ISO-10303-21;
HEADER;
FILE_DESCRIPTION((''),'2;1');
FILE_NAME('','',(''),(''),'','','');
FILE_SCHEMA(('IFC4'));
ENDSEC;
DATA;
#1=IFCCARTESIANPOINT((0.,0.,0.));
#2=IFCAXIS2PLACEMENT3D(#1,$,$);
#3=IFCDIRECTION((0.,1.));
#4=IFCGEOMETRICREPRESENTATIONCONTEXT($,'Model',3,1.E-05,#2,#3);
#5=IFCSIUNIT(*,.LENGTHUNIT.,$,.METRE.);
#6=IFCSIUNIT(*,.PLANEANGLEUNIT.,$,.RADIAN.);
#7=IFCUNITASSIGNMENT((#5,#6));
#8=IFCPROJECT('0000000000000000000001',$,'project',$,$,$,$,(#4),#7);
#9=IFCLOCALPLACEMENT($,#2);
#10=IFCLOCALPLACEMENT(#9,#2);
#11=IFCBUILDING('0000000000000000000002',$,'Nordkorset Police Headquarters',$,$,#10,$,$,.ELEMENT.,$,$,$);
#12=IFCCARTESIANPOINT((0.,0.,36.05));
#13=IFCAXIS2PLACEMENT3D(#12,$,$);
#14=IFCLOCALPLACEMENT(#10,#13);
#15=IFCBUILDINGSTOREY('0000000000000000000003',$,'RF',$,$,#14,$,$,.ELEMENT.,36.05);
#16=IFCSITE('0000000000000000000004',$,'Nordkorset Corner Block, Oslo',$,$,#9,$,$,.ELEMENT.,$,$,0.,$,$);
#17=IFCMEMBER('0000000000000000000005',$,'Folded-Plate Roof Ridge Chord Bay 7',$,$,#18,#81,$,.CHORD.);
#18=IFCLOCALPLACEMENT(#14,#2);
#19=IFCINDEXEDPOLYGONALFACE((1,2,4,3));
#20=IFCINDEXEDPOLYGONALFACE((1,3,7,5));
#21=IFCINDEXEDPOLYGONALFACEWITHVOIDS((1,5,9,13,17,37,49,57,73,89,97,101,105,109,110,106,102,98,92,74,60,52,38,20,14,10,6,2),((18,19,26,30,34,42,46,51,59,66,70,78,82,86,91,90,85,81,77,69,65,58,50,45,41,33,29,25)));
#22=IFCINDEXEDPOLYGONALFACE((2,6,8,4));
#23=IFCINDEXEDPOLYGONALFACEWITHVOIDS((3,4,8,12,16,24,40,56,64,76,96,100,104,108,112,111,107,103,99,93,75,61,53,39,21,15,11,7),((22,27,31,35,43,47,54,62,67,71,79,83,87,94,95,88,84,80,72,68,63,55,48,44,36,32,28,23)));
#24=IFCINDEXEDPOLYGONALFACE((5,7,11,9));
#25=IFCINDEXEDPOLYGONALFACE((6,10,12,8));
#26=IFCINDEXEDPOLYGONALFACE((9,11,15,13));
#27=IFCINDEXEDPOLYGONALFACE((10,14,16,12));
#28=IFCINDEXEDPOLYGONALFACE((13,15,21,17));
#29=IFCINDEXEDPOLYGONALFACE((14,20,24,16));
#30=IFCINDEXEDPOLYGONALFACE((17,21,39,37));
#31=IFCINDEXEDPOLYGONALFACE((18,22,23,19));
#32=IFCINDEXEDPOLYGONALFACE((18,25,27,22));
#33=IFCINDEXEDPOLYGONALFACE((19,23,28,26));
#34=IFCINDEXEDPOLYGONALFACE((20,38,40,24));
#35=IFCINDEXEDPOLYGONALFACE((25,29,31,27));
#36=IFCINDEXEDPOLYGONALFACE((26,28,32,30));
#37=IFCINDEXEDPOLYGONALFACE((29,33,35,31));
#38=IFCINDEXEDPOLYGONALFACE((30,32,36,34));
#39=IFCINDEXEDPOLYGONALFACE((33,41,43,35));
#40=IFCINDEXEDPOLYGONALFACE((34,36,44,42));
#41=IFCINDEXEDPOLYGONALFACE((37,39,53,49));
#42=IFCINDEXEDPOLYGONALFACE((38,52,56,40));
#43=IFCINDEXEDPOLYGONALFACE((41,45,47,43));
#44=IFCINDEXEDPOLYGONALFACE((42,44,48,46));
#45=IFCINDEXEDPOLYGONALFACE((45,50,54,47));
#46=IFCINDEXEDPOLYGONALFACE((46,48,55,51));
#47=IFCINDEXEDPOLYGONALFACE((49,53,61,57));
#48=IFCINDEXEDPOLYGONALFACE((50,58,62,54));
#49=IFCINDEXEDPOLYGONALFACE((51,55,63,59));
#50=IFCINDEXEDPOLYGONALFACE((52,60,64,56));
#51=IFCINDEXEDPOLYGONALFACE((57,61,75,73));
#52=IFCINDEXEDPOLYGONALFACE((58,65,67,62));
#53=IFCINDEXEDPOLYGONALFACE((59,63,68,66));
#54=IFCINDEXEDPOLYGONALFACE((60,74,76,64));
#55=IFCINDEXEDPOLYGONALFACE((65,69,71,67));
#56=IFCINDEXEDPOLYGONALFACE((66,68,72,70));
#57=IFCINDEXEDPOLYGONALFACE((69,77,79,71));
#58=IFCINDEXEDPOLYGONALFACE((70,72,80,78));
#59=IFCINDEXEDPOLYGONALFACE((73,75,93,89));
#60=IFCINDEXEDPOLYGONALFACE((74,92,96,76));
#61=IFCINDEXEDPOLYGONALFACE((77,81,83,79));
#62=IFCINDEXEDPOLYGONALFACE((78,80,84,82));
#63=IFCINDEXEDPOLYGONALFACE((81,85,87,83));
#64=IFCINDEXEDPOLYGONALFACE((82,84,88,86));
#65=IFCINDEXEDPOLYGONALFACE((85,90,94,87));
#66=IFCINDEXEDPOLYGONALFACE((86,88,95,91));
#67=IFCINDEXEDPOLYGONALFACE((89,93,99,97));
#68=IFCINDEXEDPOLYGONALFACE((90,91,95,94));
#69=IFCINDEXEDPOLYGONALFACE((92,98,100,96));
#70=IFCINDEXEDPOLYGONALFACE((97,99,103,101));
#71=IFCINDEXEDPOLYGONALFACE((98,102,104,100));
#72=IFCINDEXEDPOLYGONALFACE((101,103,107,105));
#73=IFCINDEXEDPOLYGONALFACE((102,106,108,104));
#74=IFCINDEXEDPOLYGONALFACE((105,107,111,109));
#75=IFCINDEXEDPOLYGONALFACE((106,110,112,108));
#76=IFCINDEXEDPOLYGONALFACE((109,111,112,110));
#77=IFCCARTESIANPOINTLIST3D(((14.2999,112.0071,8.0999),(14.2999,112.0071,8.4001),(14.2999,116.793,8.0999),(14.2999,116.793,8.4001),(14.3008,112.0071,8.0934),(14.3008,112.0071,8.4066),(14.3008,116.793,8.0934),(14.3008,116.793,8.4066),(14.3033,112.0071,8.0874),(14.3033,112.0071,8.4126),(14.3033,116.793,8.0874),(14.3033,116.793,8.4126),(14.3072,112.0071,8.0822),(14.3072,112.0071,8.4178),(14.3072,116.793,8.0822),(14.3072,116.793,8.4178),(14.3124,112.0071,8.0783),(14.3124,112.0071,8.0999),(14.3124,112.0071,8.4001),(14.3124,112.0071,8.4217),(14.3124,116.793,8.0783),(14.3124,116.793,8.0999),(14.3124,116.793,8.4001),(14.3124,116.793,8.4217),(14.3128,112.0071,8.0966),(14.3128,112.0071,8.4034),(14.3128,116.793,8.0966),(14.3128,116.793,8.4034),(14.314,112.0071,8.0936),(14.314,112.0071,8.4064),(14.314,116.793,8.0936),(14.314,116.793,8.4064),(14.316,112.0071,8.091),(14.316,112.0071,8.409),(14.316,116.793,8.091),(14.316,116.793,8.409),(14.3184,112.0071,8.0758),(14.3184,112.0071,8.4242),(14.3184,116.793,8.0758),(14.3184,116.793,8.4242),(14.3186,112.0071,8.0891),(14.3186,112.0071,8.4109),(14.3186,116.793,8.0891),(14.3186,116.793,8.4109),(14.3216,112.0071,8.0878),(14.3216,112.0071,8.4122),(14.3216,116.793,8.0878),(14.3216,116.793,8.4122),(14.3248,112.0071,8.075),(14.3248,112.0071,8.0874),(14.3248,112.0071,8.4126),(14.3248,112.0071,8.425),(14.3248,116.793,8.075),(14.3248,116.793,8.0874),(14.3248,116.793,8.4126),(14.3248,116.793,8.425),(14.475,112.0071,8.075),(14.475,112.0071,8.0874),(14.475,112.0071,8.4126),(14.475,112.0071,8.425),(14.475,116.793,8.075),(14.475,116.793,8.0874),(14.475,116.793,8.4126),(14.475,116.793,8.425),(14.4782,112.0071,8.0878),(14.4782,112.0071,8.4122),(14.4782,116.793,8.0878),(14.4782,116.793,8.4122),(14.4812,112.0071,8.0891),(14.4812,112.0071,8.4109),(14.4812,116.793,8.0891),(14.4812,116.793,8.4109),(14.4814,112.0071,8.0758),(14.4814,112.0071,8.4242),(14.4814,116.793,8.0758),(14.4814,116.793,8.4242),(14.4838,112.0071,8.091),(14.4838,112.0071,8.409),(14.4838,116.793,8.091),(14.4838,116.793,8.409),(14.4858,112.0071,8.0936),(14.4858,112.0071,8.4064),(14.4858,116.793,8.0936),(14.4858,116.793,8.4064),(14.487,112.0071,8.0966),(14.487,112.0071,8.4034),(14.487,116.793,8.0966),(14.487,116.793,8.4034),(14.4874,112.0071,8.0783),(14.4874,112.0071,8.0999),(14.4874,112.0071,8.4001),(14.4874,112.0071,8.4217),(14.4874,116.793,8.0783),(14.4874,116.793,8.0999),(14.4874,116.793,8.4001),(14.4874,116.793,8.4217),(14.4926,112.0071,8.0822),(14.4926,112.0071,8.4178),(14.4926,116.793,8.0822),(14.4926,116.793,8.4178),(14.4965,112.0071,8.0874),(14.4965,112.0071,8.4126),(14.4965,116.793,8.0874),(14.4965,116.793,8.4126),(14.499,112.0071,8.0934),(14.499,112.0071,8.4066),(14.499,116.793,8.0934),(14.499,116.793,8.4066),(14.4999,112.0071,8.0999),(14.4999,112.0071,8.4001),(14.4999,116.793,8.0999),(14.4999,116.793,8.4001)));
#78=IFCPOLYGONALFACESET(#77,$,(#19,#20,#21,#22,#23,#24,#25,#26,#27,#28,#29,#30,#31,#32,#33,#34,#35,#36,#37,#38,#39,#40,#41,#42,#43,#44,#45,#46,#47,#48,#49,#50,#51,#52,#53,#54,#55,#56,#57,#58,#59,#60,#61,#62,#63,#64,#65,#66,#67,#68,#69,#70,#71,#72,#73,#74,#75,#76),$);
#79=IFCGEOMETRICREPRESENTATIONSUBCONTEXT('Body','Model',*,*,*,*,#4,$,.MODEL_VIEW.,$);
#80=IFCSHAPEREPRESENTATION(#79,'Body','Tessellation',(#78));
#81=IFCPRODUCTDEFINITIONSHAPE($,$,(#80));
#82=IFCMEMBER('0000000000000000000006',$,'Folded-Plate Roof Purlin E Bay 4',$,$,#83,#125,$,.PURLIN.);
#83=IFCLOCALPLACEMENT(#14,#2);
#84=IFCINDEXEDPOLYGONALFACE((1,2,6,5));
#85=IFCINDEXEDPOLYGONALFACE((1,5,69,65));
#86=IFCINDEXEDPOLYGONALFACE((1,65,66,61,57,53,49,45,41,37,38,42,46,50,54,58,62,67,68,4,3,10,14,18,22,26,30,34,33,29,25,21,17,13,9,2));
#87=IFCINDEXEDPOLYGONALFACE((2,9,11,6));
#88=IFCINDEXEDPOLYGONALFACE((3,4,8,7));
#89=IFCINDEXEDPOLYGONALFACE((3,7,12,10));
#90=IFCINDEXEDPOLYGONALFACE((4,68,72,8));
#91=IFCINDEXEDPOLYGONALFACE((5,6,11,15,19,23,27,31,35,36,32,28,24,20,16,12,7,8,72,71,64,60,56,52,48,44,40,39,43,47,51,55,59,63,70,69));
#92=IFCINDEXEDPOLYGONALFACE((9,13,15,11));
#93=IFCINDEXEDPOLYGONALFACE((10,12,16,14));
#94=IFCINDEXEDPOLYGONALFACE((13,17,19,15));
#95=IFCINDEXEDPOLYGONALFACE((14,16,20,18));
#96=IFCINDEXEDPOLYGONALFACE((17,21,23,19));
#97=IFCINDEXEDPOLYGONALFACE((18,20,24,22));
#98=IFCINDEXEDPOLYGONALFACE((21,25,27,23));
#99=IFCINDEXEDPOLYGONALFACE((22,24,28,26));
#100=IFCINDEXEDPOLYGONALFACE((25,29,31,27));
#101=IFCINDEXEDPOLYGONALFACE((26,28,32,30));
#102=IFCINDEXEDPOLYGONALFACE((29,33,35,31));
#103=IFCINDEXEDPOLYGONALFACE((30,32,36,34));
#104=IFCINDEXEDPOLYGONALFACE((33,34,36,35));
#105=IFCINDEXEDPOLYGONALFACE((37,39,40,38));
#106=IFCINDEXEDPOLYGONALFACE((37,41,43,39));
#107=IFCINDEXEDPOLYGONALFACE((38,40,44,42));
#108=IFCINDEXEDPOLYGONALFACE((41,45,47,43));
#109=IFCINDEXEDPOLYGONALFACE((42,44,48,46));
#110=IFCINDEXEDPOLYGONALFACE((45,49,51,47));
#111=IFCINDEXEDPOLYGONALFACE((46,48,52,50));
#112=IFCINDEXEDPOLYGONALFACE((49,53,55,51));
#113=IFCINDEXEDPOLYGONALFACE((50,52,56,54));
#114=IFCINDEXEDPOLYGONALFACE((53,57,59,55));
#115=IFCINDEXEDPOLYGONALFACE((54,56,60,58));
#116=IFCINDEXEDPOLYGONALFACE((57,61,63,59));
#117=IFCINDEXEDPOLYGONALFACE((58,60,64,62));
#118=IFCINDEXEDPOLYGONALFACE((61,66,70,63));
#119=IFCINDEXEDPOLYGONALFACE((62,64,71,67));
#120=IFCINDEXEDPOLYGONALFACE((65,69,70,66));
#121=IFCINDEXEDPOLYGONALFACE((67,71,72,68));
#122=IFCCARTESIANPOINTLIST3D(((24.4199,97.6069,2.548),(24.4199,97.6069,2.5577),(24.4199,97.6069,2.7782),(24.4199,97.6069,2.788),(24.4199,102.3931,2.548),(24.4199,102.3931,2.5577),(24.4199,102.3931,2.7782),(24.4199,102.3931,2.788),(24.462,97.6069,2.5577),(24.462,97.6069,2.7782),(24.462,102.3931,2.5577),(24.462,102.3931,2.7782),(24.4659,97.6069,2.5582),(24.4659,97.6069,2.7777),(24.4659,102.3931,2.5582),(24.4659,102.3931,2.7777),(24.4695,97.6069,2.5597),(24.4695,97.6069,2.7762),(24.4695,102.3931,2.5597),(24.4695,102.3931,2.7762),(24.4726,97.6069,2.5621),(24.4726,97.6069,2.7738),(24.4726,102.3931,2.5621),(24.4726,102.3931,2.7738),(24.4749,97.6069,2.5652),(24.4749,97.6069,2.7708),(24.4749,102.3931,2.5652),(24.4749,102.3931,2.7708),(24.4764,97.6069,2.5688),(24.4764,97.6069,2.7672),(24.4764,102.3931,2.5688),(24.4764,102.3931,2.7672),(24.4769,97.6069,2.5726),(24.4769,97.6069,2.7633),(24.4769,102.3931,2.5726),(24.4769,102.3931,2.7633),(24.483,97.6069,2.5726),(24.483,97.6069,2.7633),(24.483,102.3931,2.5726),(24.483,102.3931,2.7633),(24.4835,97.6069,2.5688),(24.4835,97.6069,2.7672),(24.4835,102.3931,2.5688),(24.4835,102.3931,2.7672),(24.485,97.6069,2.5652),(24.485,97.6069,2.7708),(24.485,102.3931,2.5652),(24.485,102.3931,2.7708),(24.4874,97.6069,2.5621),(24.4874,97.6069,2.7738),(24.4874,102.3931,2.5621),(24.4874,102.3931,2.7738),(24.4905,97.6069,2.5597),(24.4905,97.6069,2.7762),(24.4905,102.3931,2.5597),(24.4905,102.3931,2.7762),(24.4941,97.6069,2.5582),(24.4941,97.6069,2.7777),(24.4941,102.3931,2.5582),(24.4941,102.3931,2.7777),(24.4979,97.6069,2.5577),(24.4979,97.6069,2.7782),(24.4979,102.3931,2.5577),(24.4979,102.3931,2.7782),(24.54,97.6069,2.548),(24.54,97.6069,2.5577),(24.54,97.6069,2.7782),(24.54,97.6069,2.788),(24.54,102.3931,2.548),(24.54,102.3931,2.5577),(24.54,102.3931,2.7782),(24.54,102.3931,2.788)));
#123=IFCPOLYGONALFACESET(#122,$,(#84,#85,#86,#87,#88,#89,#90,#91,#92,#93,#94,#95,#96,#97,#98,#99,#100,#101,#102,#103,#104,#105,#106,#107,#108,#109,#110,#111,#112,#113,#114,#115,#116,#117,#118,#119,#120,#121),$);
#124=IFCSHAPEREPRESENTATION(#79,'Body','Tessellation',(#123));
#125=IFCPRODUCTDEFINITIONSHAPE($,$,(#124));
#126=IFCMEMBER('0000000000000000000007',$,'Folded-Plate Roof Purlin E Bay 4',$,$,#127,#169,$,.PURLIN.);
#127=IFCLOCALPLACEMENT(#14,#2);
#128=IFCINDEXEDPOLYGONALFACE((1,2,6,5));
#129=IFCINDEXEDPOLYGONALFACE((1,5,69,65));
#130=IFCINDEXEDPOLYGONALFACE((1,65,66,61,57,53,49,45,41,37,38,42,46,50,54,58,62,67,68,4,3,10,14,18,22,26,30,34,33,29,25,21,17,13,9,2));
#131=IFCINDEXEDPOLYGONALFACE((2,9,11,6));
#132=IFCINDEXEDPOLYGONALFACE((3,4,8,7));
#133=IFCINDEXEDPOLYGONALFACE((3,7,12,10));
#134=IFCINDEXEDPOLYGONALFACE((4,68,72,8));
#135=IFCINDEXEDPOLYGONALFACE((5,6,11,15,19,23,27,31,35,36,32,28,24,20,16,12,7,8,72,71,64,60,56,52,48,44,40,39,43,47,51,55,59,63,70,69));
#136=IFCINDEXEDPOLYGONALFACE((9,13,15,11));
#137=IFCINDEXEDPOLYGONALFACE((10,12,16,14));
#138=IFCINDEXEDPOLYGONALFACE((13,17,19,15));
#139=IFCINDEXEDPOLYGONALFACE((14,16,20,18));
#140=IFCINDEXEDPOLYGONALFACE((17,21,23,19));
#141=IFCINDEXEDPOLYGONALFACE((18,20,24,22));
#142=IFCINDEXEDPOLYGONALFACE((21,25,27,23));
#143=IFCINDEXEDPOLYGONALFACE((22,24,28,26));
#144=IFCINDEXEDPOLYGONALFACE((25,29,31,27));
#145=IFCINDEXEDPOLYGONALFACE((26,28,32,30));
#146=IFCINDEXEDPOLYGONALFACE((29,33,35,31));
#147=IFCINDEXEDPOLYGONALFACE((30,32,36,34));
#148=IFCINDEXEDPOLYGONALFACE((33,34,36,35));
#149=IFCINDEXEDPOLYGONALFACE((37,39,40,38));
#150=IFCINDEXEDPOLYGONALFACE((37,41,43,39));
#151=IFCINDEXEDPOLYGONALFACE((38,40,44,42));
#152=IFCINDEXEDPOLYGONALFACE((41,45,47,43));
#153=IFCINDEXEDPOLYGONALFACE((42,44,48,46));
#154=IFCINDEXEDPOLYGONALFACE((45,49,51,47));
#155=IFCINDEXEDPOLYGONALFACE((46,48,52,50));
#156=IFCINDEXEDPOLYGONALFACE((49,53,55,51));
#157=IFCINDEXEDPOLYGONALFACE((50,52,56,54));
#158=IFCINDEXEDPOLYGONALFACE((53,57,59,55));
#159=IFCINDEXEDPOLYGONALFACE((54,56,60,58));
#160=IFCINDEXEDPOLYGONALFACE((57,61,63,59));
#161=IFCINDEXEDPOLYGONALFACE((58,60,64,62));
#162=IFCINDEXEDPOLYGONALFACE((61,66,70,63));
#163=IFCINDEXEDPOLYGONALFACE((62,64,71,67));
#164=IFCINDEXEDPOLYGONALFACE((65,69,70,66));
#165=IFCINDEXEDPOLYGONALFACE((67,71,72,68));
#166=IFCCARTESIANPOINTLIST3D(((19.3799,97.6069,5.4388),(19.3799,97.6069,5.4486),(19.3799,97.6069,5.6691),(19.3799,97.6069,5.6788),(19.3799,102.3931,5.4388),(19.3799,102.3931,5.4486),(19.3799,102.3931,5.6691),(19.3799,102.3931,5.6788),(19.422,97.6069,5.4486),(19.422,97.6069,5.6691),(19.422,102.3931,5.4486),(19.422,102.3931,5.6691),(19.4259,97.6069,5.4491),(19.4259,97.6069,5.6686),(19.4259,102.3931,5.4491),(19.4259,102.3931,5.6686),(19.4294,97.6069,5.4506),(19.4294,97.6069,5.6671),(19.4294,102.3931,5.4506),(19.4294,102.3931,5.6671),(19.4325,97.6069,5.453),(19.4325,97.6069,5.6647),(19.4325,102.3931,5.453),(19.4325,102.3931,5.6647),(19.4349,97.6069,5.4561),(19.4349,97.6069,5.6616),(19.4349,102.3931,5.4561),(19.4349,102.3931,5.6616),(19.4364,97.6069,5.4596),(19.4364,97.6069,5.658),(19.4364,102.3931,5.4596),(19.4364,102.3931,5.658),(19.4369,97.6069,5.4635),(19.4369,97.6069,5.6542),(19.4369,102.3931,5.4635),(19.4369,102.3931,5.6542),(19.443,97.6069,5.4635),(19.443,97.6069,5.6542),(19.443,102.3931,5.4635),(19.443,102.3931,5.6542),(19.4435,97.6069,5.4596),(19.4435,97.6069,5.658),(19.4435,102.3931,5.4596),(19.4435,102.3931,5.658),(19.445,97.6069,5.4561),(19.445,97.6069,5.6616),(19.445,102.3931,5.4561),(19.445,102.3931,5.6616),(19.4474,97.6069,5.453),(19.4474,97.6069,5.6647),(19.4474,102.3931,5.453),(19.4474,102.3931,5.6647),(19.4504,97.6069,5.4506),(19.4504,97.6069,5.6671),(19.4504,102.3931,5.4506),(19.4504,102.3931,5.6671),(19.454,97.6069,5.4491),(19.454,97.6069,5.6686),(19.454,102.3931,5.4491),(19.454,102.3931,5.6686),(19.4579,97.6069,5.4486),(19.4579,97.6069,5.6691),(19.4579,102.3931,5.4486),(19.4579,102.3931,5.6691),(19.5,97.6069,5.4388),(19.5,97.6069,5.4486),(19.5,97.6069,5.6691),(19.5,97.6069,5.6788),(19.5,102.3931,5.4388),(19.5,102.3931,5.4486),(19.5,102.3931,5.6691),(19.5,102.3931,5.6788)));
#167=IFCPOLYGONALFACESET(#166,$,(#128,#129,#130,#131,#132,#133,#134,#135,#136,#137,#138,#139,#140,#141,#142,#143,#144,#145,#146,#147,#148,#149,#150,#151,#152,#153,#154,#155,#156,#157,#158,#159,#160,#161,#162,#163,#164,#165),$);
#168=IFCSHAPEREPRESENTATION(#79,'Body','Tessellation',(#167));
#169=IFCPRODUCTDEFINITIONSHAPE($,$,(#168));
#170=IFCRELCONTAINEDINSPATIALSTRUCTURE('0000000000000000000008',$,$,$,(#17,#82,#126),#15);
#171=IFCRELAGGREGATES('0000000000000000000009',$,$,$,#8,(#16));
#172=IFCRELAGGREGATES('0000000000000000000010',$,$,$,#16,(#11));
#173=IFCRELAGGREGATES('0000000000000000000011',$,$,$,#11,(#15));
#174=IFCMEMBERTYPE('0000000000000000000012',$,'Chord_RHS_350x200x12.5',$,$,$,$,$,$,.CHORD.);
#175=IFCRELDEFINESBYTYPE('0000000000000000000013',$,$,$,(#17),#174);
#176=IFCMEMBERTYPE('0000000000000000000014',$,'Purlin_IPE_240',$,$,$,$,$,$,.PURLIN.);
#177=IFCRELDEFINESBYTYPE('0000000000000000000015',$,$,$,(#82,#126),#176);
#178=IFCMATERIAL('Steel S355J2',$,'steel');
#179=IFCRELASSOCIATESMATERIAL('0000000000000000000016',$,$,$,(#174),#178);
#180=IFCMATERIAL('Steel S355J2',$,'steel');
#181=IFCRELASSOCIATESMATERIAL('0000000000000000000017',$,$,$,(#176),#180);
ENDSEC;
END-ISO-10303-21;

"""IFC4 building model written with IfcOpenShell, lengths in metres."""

from ifc_helpers import new_model, si_unit, direction, frame, origin, origin_2d, place, context, subcontext, project, spatial, hollow_rectangle, i_section, extrude, material, material_profile, profile_set, type_object, element, save


model = new_model("IFC4")

# Units and contexts
model_context = context("Model", 3, precision=1e-05, world=origin(), true_north=direction((0.0, 1.0)))
body_context = subcontext(model_context, "Body", "Model", "MODEL_VIEW")
ifc_project = project(units=[si_unit("LENGTHUNIT", "METRE"), si_unit("PLANEANGLEUNIT", "RADIAN")], contexts=[model_context])

# Site, building, storey
site_placement = place(None, origin())
site = spatial("IfcSite", under=ifc_project, at=site_placement, Name="Nordkorset Corner Block, Oslo", CompositionType="ELEMENT", RefElevation=0.0)
building_placement = place(site_placement, origin())
building = spatial("IfcBuilding", under=site, at=building_placement, Name="Nordkorset Police Headquarters", CompositionType="ELEMENT")
storey_placement = place(building_placement, frame((0.0, 0.0, 36.05)))
storey = spatial("IfcBuildingStorey", under=building, at=storey_placement, Name="RF", CompositionType="ELEMENT", Elevation=36.05)

# Members
ifc_material_1 = material(Name="Steel S355J2", Category="steel")
ifc_material_profile_1 = material_profile(ifc_material_1, hollow_rectangle(XDim=0.2, YDim=0.3501, WallThickness=0.0125, InnerFilletRadius=0.0125, OuterFilletRadius=0.0249, at=origin_2d()), Name="RHS 350x200x12.5")
ifc_profile_set_1 = profile_set([ifc_material_profile_1], Name="Steel S355J2")
member_type_1 = type_object("IfcMemberType", Name="Chord_RHS_350x200x12.5", PredefinedType="CHORD", material=ifc_profile_set_1)
for number, where, z_axis, x_axis, name in (
    (1, (14.3999, 112.0071, 8.25), (0.0, 1.0, 0.0), (-1.0, 0.0, 0.0), "Folded-Plate Roof Ridge Chord Bay 7"),
):
    element("IfcMember", number, at=place(storey_placement, frame(where, z_axis=z_axis, x_axis=x_axis)), inside=storey, type_object=member_type_1, Name=name, PredefinedType="CHORD", context=body_context, shape_type="SweptSolid", body=[
        extrude(hollow_rectangle(XDim=0.2, YDim=0.3501, WallThickness=0.0125, InnerFilletRadius=0.0125, OuterFilletRadius=0.0249, at=origin_2d()), origin(), (0.0, 0.0, 1.0), 4.7859),
    ])
ifc_material_2 = material(Name="Steel S355J2", Category="steel")
ifc_material_profile_2 = material_profile(ifc_material_2, i_section(OverallWidth=0.1201, OverallDepth=0.24, WebThickness=0.0061, FlangeThickness=0.0098, FilletRadius=0.0149, at=origin_2d()), Name="IPE 240")
ifc_profile_set_2 = profile_set([ifc_material_profile_2], Name="Steel S355J2")
member_type_2 = type_object("IfcMemberType", Name="Purlin_IPE_240", PredefinedType="PURLIN", material=ifc_profile_set_2)
for number, where, z_axis, x_axis, name in (
    (2, (24.48, 97.6069, 2.668), (0.0, 1.0, 0.0), (-1.0, 0.0, 0.0), "Folded-Plate Roof Purlin E Bay 4"),
    (3, (19.4399, 97.6069, 5.5588), (0.0, 1.0, 0.0), (-1.0, 0.0, 0.0), "Folded-Plate Roof Purlin E Bay 4"),
):
    element("IfcMember", number, at=place(storey_placement, frame(where, z_axis=z_axis, x_axis=x_axis)), inside=storey, type_object=member_type_2, Name=name, PredefinedType="PURLIN", context=body_context, shape_type="SweptSolid", body=[
        extrude(i_section(OverallWidth=0.1201, OverallDepth=0.24, WebThickness=0.0061, FlangeThickness=0.0098, FilletRadius=0.0149, at=origin_2d()), origin(), (0.0, 0.0, 1.0), 4.7861),
    ])

save(model, "model.ifc")
